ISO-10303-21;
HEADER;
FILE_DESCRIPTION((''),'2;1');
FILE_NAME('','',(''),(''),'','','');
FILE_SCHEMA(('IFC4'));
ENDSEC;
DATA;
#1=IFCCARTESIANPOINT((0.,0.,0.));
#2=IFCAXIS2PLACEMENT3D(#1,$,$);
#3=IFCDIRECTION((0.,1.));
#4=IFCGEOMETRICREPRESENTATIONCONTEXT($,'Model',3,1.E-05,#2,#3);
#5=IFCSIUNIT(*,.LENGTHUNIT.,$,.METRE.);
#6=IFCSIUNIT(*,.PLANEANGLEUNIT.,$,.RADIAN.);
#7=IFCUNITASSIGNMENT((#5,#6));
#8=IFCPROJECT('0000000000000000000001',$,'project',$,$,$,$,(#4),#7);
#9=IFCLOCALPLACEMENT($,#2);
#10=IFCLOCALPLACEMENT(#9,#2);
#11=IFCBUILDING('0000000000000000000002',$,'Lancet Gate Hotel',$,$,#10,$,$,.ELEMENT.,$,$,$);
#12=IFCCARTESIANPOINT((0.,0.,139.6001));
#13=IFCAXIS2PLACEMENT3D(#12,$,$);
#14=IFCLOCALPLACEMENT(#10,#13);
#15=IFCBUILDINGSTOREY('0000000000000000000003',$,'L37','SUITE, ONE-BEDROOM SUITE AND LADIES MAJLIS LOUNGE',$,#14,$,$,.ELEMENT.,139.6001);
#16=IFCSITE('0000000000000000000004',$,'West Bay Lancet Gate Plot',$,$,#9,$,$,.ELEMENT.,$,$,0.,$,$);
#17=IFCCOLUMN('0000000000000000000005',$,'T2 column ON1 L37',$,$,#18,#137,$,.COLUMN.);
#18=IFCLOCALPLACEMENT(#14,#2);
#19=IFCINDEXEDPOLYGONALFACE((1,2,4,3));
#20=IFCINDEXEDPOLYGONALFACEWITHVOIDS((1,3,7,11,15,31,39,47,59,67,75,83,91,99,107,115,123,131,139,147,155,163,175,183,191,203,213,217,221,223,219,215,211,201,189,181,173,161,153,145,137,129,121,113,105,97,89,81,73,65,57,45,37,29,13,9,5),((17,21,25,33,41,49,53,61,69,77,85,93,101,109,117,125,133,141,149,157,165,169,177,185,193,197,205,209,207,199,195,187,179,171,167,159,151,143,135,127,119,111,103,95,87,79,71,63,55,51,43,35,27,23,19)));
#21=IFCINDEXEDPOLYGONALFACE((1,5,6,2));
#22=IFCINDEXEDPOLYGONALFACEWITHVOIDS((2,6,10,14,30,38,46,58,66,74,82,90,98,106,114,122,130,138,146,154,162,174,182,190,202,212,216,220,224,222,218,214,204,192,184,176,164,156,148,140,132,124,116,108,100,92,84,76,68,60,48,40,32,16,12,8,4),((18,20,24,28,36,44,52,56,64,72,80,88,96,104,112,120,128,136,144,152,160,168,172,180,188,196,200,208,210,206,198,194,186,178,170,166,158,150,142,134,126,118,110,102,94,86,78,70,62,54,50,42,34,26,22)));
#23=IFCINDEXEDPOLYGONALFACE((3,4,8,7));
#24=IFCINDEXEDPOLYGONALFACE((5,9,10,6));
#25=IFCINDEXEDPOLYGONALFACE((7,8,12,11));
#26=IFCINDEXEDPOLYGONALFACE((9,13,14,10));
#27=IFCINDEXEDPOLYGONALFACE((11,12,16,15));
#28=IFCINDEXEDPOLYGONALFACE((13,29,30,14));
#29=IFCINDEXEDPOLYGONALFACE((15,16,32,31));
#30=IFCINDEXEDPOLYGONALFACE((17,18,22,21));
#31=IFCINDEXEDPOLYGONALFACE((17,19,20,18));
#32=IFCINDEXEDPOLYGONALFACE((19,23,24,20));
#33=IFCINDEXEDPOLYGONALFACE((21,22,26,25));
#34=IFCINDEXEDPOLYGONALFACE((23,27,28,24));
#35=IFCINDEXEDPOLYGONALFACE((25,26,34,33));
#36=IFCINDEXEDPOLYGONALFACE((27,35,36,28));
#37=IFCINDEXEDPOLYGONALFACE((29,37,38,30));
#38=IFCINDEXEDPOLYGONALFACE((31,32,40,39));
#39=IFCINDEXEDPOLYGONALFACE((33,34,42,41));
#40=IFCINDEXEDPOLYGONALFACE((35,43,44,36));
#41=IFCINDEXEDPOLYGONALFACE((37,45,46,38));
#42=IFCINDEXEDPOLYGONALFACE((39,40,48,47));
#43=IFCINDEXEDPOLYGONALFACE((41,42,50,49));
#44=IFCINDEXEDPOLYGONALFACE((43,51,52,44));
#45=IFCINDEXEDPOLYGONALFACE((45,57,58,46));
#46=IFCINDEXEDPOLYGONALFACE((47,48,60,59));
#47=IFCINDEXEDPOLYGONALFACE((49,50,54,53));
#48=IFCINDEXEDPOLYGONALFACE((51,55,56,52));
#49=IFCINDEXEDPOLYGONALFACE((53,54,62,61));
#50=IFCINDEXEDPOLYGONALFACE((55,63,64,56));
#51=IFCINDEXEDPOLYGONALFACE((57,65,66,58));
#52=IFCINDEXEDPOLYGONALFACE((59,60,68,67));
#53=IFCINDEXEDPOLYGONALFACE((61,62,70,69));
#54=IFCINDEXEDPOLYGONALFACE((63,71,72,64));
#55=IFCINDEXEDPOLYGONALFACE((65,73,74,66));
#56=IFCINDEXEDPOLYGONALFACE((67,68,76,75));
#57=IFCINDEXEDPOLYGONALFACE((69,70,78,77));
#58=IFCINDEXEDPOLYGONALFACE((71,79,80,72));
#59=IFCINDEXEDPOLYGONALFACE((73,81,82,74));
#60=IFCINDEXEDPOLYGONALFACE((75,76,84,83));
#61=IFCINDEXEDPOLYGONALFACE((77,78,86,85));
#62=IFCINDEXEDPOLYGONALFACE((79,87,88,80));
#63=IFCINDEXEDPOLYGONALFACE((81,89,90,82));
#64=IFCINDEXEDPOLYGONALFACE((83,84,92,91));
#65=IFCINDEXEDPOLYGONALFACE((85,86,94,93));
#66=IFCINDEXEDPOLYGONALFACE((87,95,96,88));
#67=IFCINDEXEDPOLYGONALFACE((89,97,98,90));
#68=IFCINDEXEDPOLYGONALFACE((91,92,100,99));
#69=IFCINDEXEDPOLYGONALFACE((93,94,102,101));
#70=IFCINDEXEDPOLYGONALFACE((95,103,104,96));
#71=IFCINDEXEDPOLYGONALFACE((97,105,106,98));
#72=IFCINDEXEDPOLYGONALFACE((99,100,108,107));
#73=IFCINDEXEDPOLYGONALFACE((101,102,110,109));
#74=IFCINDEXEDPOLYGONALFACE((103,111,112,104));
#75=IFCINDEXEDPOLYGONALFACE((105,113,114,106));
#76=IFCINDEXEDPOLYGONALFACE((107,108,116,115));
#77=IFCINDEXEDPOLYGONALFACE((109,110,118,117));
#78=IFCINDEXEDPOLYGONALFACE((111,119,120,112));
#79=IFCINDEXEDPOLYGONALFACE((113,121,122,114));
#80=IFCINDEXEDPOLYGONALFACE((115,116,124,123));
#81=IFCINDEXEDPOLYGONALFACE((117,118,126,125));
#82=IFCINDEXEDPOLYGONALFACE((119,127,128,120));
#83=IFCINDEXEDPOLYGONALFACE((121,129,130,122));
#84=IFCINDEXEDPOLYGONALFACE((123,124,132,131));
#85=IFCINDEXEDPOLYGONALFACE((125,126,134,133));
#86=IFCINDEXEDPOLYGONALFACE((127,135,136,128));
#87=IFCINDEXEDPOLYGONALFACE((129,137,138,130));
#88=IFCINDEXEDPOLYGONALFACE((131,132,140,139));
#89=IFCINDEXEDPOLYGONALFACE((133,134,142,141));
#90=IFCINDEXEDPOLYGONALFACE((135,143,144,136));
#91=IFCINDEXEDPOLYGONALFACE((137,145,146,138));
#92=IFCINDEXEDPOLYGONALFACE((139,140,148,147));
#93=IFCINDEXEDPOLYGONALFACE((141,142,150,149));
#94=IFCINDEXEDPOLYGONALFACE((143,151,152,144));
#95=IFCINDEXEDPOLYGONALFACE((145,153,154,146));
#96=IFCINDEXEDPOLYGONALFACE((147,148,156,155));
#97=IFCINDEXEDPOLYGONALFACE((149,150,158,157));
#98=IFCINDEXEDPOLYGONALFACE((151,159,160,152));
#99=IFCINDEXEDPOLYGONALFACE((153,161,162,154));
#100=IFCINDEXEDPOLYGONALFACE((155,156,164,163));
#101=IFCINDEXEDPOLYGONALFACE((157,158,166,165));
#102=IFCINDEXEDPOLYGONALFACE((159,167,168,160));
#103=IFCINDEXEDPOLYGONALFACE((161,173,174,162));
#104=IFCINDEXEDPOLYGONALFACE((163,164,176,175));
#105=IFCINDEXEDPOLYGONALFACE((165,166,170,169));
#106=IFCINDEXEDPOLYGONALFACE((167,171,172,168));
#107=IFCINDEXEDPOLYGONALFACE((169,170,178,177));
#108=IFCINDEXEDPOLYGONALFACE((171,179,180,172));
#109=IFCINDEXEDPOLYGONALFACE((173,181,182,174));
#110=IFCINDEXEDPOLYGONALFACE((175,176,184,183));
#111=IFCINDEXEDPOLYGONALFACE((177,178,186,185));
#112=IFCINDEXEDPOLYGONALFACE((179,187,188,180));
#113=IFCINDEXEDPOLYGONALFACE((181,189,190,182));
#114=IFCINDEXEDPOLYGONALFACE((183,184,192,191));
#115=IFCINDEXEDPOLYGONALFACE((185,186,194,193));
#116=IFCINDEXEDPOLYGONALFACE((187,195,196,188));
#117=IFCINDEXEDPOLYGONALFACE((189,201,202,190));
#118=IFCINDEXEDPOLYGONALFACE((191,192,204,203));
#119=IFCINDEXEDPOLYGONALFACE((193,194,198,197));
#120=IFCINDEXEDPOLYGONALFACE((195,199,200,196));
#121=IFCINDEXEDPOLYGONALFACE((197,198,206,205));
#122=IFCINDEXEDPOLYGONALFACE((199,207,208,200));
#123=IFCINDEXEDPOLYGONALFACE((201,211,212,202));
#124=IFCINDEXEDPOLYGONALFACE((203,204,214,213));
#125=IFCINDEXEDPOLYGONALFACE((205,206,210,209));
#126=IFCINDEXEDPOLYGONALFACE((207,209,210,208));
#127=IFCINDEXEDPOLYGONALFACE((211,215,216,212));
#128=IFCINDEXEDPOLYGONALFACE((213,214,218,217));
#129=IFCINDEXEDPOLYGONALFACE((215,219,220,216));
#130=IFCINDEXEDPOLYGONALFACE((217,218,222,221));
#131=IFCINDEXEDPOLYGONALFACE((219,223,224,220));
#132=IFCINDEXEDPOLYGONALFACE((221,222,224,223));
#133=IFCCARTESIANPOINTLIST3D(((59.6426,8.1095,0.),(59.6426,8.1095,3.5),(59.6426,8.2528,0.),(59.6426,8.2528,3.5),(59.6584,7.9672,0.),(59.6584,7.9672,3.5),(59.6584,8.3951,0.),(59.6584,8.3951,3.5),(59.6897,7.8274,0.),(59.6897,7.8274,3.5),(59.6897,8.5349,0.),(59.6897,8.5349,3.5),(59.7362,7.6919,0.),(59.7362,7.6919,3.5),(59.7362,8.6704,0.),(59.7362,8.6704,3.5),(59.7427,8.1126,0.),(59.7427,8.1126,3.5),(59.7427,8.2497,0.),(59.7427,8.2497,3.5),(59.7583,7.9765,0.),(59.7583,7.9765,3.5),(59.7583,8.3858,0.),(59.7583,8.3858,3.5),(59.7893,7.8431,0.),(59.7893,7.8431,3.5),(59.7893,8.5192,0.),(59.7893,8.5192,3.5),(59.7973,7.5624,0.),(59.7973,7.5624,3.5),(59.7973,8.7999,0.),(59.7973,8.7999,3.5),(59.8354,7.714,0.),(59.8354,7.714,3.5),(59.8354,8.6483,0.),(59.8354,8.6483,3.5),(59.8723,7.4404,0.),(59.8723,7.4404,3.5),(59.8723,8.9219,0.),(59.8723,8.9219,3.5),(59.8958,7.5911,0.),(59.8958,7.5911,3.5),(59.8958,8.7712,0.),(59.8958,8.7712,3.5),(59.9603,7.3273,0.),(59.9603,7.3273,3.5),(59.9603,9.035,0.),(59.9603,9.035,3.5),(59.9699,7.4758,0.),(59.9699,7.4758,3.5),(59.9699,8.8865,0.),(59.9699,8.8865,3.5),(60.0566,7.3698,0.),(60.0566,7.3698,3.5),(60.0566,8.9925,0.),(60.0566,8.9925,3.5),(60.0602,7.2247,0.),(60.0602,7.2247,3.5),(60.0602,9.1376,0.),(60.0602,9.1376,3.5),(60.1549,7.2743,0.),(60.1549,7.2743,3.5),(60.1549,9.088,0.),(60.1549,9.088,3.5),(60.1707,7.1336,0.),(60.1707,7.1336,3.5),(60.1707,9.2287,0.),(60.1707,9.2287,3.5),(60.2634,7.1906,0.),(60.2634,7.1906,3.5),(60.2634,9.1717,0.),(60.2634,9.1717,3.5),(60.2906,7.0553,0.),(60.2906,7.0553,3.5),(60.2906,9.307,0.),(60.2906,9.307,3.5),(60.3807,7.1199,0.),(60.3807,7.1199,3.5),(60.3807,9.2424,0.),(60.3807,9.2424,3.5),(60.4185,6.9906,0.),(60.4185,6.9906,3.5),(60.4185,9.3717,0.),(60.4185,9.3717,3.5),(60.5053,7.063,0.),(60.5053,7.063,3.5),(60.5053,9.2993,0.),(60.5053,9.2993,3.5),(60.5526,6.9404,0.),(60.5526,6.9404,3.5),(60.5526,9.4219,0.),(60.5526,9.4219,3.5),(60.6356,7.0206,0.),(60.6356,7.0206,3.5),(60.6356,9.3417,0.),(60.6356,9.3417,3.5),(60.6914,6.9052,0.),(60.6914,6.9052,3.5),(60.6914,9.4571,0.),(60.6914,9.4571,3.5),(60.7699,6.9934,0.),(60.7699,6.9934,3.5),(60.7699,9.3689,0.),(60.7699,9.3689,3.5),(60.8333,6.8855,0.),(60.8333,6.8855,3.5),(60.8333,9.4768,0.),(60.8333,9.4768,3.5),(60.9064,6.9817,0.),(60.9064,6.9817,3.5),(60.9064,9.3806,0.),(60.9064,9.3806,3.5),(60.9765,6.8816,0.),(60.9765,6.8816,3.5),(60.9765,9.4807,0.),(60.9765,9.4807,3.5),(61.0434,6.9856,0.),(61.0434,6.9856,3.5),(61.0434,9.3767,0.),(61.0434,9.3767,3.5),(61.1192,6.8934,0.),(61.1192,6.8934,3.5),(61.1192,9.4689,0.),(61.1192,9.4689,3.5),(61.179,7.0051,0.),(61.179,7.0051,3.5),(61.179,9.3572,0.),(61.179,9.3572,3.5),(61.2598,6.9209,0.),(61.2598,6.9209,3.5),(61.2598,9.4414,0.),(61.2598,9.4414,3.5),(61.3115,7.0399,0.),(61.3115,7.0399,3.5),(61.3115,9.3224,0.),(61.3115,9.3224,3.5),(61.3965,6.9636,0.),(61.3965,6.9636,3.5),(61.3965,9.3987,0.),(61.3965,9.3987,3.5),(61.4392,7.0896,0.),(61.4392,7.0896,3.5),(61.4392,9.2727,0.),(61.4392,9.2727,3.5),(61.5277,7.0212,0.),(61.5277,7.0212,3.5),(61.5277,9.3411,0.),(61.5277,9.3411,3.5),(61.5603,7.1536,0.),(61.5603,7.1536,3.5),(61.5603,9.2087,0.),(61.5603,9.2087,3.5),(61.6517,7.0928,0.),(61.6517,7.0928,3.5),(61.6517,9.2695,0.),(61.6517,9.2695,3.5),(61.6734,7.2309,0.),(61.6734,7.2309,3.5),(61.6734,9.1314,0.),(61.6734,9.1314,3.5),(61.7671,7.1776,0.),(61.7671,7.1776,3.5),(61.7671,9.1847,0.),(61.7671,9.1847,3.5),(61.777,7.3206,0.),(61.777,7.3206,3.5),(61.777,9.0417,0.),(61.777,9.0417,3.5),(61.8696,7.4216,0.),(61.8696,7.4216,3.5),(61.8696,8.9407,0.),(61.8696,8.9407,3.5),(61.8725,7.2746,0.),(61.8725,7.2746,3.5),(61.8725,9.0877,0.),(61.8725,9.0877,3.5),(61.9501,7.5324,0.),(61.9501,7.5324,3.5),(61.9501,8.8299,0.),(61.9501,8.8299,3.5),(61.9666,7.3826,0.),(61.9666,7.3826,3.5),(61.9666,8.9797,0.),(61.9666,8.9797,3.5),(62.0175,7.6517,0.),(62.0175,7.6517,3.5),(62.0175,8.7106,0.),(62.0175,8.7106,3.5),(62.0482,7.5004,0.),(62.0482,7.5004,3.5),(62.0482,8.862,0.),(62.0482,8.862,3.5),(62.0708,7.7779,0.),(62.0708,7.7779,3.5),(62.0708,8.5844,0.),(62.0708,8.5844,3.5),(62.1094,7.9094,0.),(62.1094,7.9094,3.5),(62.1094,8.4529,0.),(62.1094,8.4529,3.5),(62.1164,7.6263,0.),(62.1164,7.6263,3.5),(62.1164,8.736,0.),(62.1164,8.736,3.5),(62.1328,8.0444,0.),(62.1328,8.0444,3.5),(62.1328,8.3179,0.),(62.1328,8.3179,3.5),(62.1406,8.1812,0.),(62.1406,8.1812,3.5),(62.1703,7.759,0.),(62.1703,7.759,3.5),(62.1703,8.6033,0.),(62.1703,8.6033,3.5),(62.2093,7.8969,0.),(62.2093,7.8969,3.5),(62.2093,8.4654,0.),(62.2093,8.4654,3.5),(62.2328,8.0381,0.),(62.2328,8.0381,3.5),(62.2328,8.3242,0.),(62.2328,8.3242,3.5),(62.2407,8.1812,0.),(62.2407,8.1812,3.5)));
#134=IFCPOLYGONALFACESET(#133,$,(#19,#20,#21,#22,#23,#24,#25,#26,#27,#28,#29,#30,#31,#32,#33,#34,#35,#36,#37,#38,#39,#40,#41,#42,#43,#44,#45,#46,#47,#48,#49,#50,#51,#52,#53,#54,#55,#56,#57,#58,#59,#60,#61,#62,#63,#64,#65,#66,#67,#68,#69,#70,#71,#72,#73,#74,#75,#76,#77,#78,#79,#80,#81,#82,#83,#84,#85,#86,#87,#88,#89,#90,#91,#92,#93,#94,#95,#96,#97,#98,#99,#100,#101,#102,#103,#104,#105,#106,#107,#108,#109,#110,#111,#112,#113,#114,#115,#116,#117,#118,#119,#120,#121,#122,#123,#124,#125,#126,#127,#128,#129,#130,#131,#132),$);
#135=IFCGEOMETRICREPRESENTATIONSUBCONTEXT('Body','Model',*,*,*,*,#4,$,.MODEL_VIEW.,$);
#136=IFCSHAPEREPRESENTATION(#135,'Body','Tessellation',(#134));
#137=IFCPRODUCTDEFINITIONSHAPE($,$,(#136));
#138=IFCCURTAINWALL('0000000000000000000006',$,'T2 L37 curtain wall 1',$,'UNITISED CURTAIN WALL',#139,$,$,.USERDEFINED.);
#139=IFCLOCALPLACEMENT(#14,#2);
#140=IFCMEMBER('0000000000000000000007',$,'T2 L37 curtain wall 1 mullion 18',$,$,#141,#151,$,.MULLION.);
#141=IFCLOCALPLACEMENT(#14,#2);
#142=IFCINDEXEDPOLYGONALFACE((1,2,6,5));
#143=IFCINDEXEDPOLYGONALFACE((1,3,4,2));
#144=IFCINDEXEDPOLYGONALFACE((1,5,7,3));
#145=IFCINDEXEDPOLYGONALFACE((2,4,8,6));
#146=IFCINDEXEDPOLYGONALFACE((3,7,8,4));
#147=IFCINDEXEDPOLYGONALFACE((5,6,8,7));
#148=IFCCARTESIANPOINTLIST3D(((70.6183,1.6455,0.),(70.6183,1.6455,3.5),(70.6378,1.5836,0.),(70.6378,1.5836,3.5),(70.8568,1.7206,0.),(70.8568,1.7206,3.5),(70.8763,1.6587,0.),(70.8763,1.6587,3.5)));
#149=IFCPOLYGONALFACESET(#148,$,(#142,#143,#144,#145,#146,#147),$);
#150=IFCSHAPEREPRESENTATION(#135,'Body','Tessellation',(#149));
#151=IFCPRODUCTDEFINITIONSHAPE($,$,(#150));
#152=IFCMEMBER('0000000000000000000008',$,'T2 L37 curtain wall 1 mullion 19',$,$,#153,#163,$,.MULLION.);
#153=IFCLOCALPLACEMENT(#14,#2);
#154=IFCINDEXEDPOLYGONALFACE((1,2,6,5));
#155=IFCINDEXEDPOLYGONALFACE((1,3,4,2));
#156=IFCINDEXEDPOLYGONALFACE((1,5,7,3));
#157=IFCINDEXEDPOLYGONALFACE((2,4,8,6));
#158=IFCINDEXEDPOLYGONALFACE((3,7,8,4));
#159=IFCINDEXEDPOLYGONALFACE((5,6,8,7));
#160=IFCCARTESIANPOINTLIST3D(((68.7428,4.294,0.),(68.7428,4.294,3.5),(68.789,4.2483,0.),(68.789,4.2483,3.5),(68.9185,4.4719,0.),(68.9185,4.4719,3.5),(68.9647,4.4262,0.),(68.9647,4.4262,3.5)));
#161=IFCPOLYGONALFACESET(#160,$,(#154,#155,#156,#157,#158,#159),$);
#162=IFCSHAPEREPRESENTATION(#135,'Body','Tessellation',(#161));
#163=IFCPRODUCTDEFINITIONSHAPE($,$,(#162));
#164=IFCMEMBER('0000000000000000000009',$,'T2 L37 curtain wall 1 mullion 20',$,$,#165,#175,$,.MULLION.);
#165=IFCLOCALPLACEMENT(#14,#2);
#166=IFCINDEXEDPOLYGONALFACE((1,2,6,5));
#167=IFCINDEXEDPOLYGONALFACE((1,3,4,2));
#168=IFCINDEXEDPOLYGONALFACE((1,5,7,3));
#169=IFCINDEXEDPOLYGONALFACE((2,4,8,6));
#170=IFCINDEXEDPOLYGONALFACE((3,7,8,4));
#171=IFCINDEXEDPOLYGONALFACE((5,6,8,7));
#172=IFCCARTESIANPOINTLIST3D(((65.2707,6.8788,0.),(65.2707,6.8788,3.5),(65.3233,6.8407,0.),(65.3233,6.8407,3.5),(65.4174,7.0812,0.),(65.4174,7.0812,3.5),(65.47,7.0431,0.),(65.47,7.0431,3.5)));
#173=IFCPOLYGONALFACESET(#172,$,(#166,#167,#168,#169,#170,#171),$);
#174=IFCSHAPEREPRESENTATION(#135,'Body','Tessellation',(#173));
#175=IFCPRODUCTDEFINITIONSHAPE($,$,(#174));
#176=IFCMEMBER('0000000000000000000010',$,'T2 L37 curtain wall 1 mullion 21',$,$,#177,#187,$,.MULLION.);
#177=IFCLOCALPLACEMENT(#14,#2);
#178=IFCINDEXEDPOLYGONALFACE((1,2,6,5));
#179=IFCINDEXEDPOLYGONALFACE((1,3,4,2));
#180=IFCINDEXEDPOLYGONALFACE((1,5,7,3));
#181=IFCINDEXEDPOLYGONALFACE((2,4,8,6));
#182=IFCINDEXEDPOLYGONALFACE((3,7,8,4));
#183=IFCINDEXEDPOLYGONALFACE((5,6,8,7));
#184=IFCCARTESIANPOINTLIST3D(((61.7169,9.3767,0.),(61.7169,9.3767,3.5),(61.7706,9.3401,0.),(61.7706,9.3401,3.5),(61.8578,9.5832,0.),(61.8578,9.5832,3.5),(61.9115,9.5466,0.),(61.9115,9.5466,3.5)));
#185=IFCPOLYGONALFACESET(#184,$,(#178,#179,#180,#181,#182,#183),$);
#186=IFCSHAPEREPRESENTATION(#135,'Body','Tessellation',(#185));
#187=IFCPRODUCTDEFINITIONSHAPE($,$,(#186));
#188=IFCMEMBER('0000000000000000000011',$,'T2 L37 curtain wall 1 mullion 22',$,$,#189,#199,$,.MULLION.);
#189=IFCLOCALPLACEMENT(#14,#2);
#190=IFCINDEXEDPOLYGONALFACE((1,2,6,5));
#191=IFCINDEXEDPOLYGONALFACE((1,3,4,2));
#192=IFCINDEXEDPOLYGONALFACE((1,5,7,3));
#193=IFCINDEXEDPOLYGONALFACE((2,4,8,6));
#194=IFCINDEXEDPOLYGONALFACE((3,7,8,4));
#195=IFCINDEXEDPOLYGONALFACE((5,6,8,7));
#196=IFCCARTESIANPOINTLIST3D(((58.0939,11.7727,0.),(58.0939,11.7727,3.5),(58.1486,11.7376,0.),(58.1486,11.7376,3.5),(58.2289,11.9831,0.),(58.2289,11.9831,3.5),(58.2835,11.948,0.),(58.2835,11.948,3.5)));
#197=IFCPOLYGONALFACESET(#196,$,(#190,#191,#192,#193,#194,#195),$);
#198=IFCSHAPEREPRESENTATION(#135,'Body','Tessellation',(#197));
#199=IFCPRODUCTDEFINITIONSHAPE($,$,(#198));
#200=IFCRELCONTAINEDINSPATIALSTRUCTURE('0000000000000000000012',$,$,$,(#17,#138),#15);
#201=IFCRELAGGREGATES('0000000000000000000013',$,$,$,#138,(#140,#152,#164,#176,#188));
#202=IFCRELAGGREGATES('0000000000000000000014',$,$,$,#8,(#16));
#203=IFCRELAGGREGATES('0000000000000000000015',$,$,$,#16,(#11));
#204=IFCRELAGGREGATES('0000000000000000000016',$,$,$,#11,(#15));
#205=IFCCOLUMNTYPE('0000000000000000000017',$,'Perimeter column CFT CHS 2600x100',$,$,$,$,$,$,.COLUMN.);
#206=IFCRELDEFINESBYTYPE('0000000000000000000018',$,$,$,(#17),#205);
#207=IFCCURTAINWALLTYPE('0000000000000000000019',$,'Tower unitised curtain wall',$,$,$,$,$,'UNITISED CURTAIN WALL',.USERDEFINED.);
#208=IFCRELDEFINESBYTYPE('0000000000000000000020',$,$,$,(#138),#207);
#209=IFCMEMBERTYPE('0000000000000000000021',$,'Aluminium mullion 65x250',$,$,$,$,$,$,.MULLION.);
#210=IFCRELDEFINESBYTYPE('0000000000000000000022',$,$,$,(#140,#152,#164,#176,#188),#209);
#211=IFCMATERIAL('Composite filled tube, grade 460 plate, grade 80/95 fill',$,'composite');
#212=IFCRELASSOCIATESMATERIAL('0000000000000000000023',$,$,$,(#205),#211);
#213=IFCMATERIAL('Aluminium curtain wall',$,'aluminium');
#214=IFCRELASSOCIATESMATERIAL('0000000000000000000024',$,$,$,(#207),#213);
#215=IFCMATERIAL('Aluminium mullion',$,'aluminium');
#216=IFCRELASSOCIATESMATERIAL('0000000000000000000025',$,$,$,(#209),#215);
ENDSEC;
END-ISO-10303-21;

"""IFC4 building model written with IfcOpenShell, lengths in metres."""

from ifc_helpers import new_model, si_unit, direction, frame, origin, origin_2d, place, context, subcontext, project, spatial, rectangle, hollow_circle, extrude, material, material_profile, profile_set, type_object, element, aggregate, save


model = new_model("IFC4")

# Units and contexts
model_context = context("Model", 3, precision=1e-05, world=origin(), true_north=direction((0.0, 1.0)))
body_context = subcontext(model_context, "Body", "Model", "MODEL_VIEW")
ifc_project = project(units=[si_unit("LENGTHUNIT", "METRE"), si_unit("PLANEANGLEUNIT", "RADIAN")], contexts=[model_context])

# Site, building, storey
site_placement = place(None, origin())
site = spatial("IfcSite", under=ifc_project, at=site_placement, Name="West Bay Lancet Gate Plot", CompositionType="ELEMENT", RefElevation=0.0)
building_placement = place(site_placement, origin())
building = spatial("IfcBuilding", under=site, at=building_placement, Name="Lancet Gate Hotel", CompositionType="ELEMENT")
storey_placement = place(building_placement, frame((0.0, 0.0, 139.6001)))
storey = spatial("IfcBuildingStorey", under=building, at=storey_placement, Name="L37", Description="SUITE, ONE-BEDROOM SUITE AND LADIES MAJLIS LOUNGE", CompositionType="ELEMENT", Elevation=139.6001)

# Column
ifc_material_1 = material(Name="Composite filled tube, grade 460 plate, grade 80/95 fill", Category="composite")
ifc_material_profile_1 = material_profile(ifc_material_1, hollow_circle(Radius=1.3, WallThickness=0.1001, at=origin_2d()), Name="CHS 2600x100")
ifc_profile_set_1 = profile_set([ifc_material_profile_1], Name="Composite filled tube, grade 460 plate, grade 80/95 fill")
column_type_1 = type_object("IfcColumnType", Name="Perimeter column CFT CHS 2600x100", PredefinedType="COLUMN", material=ifc_profile_set_1)
column_1_placement = place(storey_placement, frame((60.9407, 8.1812, 0.0), z_axis=(0.0, 0.0, 1.0), x_axis=(1.0, 0.0, 0.0)))
element("IfcColumn", 1, at=column_1_placement, inside=storey, type_object=column_type_1, Name="T2 column ON1 L37", PredefinedType="COLUMN", context=body_context, shape_type="SweptSolid", body=[
    extrude(hollow_circle(Radius=1.3, WallThickness=0.1001, at=origin_2d()), origin(), (0.0, 0.0, 1.0), 3.5),
])

# Curtain wall, members
ifc_material_2 = material(Name="Aluminium curtain wall", Category="aluminium")
curtain_wall_type = type_object("IfcCurtainWallType", Name="Tower unitised curtain wall", ElementType="UNITISED CURTAIN WALL", PredefinedType="USERDEFINED", material=ifc_material_2)
curtain_wall_placement = place(storey_placement, origin())
curtain_wall = element("IfcCurtainWall", 2, at=curtain_wall_placement, inside=storey, type_object=curtain_wall_type, Name="T2 L37 curtain wall 1", ObjectType="UNITISED CURTAIN WALL", PredefinedType="USERDEFINED")
ifc_material_3 = material(Name="Aluminium mullion", Category="aluminium")
ifc_material_profile_2 = material_profile(ifc_material_3, rectangle(XDim=0.0649, YDim=0.25, at=origin_2d()), Name="MULLION 65x250")
ifc_profile_set_2 = profile_set([ifc_material_profile_2], Name="Aluminium mullion")
member_type_1 = type_object("IfcMemberType", Name="Aluminium mullion 65x250", PredefinedType="MULLION", material=ifc_profile_set_2)
member_1_placement = place(storey_placement, frame((70.7473, 1.6521, 0.0), z_axis=(0.0, 0.0, 1.0), x_axis=(-0.300385, 0.953818, 0.0)))
member_1 = element("IfcMember", 3, at=member_1_placement, type_object=member_type_1, Name="T2 L37 curtain wall 1 mullion 18", PredefinedType="MULLION", context=body_context, shape_type="SweptSolid", body=[
    extrude(rectangle(XDim=0.0649, YDim=0.25, at=origin_2d()), origin(), (0.0, 0.0, 1.0), 3.5),
])
member_2_placement = place(storey_placement, frame((68.8538, 4.3601, 0.0), z_axis=(0.0, 0.0, 1.0), x_axis=(-0.71161, 0.702574, 0.0)))
member_2 = element("IfcMember", 4, at=member_2_placement, type_object=member_type_1, Name="T2 L37 curtain wall 1 mullion 19", PredefinedType="MULLION", context=body_context, shape_type="SweptSolid", body=[
    extrude(rectangle(XDim=0.0649, YDim=0.25, at=origin_2d()), origin(), (0.0, 0.0, 1.0), 3.5),
])
member_3_placement = place(storey_placement, frame((65.3704, 6.9609, 0.0), z_axis=(0.0, 0.0, 1.0), x_axis=(-0.809729, 0.586805, 0.0)))
member_3 = element("IfcMember", 5, at=member_3_placement, type_object=member_type_1, Name="T2 L37 curtain wall 1 mullion 20", PredefinedType="MULLION", context=body_context, shape_type="SweptSolid", body=[
    extrude(rectangle(XDim=0.0649, YDim=0.25, at=origin_2d()), origin(), (0.0, 0.0, 1.0), 3.5),
])
member_4_placement = place(storey_placement, frame((61.8142, 9.4617, 0.0), z_axis=(0.0, 0.0, 1.0), x_axis=(-0.826066, 0.563574, 0.0)))
member_4 = element("IfcMember", 6, at=member_4_placement, type_object=member_type_1, Name="T2 L37 curtain wall 1 mullion 21", PredefinedType="MULLION", context=body_context, shape_type="SweptSolid", body=[
    extrude(rectangle(XDim=0.0649, YDim=0.25, at=origin_2d()), origin(), (0.0, 0.0, 1.0), 3.5),
])
member_5_placement = place(storey_placement, frame((58.1887, 11.8604, 0.0), z_axis=(0.0, 0.0, 1.0), x_axis=(-0.841736, 0.539889, 0.0)))
member_5 = element("IfcMember", 7, at=member_5_placement, type_object=member_type_1, Name="T2 L37 curtain wall 1 mullion 22", PredefinedType="MULLION", context=body_context, shape_type="SweptSolid", body=[
    extrude(rectangle(XDim=0.0649, YDim=0.25, at=origin_2d()), origin(), (0.0, 0.0, 1.0), 3.5),
])

aggregate(curtain_wall, [member_1, member_2, member_3, member_4, member_5])

save(model, "model.ifc")
